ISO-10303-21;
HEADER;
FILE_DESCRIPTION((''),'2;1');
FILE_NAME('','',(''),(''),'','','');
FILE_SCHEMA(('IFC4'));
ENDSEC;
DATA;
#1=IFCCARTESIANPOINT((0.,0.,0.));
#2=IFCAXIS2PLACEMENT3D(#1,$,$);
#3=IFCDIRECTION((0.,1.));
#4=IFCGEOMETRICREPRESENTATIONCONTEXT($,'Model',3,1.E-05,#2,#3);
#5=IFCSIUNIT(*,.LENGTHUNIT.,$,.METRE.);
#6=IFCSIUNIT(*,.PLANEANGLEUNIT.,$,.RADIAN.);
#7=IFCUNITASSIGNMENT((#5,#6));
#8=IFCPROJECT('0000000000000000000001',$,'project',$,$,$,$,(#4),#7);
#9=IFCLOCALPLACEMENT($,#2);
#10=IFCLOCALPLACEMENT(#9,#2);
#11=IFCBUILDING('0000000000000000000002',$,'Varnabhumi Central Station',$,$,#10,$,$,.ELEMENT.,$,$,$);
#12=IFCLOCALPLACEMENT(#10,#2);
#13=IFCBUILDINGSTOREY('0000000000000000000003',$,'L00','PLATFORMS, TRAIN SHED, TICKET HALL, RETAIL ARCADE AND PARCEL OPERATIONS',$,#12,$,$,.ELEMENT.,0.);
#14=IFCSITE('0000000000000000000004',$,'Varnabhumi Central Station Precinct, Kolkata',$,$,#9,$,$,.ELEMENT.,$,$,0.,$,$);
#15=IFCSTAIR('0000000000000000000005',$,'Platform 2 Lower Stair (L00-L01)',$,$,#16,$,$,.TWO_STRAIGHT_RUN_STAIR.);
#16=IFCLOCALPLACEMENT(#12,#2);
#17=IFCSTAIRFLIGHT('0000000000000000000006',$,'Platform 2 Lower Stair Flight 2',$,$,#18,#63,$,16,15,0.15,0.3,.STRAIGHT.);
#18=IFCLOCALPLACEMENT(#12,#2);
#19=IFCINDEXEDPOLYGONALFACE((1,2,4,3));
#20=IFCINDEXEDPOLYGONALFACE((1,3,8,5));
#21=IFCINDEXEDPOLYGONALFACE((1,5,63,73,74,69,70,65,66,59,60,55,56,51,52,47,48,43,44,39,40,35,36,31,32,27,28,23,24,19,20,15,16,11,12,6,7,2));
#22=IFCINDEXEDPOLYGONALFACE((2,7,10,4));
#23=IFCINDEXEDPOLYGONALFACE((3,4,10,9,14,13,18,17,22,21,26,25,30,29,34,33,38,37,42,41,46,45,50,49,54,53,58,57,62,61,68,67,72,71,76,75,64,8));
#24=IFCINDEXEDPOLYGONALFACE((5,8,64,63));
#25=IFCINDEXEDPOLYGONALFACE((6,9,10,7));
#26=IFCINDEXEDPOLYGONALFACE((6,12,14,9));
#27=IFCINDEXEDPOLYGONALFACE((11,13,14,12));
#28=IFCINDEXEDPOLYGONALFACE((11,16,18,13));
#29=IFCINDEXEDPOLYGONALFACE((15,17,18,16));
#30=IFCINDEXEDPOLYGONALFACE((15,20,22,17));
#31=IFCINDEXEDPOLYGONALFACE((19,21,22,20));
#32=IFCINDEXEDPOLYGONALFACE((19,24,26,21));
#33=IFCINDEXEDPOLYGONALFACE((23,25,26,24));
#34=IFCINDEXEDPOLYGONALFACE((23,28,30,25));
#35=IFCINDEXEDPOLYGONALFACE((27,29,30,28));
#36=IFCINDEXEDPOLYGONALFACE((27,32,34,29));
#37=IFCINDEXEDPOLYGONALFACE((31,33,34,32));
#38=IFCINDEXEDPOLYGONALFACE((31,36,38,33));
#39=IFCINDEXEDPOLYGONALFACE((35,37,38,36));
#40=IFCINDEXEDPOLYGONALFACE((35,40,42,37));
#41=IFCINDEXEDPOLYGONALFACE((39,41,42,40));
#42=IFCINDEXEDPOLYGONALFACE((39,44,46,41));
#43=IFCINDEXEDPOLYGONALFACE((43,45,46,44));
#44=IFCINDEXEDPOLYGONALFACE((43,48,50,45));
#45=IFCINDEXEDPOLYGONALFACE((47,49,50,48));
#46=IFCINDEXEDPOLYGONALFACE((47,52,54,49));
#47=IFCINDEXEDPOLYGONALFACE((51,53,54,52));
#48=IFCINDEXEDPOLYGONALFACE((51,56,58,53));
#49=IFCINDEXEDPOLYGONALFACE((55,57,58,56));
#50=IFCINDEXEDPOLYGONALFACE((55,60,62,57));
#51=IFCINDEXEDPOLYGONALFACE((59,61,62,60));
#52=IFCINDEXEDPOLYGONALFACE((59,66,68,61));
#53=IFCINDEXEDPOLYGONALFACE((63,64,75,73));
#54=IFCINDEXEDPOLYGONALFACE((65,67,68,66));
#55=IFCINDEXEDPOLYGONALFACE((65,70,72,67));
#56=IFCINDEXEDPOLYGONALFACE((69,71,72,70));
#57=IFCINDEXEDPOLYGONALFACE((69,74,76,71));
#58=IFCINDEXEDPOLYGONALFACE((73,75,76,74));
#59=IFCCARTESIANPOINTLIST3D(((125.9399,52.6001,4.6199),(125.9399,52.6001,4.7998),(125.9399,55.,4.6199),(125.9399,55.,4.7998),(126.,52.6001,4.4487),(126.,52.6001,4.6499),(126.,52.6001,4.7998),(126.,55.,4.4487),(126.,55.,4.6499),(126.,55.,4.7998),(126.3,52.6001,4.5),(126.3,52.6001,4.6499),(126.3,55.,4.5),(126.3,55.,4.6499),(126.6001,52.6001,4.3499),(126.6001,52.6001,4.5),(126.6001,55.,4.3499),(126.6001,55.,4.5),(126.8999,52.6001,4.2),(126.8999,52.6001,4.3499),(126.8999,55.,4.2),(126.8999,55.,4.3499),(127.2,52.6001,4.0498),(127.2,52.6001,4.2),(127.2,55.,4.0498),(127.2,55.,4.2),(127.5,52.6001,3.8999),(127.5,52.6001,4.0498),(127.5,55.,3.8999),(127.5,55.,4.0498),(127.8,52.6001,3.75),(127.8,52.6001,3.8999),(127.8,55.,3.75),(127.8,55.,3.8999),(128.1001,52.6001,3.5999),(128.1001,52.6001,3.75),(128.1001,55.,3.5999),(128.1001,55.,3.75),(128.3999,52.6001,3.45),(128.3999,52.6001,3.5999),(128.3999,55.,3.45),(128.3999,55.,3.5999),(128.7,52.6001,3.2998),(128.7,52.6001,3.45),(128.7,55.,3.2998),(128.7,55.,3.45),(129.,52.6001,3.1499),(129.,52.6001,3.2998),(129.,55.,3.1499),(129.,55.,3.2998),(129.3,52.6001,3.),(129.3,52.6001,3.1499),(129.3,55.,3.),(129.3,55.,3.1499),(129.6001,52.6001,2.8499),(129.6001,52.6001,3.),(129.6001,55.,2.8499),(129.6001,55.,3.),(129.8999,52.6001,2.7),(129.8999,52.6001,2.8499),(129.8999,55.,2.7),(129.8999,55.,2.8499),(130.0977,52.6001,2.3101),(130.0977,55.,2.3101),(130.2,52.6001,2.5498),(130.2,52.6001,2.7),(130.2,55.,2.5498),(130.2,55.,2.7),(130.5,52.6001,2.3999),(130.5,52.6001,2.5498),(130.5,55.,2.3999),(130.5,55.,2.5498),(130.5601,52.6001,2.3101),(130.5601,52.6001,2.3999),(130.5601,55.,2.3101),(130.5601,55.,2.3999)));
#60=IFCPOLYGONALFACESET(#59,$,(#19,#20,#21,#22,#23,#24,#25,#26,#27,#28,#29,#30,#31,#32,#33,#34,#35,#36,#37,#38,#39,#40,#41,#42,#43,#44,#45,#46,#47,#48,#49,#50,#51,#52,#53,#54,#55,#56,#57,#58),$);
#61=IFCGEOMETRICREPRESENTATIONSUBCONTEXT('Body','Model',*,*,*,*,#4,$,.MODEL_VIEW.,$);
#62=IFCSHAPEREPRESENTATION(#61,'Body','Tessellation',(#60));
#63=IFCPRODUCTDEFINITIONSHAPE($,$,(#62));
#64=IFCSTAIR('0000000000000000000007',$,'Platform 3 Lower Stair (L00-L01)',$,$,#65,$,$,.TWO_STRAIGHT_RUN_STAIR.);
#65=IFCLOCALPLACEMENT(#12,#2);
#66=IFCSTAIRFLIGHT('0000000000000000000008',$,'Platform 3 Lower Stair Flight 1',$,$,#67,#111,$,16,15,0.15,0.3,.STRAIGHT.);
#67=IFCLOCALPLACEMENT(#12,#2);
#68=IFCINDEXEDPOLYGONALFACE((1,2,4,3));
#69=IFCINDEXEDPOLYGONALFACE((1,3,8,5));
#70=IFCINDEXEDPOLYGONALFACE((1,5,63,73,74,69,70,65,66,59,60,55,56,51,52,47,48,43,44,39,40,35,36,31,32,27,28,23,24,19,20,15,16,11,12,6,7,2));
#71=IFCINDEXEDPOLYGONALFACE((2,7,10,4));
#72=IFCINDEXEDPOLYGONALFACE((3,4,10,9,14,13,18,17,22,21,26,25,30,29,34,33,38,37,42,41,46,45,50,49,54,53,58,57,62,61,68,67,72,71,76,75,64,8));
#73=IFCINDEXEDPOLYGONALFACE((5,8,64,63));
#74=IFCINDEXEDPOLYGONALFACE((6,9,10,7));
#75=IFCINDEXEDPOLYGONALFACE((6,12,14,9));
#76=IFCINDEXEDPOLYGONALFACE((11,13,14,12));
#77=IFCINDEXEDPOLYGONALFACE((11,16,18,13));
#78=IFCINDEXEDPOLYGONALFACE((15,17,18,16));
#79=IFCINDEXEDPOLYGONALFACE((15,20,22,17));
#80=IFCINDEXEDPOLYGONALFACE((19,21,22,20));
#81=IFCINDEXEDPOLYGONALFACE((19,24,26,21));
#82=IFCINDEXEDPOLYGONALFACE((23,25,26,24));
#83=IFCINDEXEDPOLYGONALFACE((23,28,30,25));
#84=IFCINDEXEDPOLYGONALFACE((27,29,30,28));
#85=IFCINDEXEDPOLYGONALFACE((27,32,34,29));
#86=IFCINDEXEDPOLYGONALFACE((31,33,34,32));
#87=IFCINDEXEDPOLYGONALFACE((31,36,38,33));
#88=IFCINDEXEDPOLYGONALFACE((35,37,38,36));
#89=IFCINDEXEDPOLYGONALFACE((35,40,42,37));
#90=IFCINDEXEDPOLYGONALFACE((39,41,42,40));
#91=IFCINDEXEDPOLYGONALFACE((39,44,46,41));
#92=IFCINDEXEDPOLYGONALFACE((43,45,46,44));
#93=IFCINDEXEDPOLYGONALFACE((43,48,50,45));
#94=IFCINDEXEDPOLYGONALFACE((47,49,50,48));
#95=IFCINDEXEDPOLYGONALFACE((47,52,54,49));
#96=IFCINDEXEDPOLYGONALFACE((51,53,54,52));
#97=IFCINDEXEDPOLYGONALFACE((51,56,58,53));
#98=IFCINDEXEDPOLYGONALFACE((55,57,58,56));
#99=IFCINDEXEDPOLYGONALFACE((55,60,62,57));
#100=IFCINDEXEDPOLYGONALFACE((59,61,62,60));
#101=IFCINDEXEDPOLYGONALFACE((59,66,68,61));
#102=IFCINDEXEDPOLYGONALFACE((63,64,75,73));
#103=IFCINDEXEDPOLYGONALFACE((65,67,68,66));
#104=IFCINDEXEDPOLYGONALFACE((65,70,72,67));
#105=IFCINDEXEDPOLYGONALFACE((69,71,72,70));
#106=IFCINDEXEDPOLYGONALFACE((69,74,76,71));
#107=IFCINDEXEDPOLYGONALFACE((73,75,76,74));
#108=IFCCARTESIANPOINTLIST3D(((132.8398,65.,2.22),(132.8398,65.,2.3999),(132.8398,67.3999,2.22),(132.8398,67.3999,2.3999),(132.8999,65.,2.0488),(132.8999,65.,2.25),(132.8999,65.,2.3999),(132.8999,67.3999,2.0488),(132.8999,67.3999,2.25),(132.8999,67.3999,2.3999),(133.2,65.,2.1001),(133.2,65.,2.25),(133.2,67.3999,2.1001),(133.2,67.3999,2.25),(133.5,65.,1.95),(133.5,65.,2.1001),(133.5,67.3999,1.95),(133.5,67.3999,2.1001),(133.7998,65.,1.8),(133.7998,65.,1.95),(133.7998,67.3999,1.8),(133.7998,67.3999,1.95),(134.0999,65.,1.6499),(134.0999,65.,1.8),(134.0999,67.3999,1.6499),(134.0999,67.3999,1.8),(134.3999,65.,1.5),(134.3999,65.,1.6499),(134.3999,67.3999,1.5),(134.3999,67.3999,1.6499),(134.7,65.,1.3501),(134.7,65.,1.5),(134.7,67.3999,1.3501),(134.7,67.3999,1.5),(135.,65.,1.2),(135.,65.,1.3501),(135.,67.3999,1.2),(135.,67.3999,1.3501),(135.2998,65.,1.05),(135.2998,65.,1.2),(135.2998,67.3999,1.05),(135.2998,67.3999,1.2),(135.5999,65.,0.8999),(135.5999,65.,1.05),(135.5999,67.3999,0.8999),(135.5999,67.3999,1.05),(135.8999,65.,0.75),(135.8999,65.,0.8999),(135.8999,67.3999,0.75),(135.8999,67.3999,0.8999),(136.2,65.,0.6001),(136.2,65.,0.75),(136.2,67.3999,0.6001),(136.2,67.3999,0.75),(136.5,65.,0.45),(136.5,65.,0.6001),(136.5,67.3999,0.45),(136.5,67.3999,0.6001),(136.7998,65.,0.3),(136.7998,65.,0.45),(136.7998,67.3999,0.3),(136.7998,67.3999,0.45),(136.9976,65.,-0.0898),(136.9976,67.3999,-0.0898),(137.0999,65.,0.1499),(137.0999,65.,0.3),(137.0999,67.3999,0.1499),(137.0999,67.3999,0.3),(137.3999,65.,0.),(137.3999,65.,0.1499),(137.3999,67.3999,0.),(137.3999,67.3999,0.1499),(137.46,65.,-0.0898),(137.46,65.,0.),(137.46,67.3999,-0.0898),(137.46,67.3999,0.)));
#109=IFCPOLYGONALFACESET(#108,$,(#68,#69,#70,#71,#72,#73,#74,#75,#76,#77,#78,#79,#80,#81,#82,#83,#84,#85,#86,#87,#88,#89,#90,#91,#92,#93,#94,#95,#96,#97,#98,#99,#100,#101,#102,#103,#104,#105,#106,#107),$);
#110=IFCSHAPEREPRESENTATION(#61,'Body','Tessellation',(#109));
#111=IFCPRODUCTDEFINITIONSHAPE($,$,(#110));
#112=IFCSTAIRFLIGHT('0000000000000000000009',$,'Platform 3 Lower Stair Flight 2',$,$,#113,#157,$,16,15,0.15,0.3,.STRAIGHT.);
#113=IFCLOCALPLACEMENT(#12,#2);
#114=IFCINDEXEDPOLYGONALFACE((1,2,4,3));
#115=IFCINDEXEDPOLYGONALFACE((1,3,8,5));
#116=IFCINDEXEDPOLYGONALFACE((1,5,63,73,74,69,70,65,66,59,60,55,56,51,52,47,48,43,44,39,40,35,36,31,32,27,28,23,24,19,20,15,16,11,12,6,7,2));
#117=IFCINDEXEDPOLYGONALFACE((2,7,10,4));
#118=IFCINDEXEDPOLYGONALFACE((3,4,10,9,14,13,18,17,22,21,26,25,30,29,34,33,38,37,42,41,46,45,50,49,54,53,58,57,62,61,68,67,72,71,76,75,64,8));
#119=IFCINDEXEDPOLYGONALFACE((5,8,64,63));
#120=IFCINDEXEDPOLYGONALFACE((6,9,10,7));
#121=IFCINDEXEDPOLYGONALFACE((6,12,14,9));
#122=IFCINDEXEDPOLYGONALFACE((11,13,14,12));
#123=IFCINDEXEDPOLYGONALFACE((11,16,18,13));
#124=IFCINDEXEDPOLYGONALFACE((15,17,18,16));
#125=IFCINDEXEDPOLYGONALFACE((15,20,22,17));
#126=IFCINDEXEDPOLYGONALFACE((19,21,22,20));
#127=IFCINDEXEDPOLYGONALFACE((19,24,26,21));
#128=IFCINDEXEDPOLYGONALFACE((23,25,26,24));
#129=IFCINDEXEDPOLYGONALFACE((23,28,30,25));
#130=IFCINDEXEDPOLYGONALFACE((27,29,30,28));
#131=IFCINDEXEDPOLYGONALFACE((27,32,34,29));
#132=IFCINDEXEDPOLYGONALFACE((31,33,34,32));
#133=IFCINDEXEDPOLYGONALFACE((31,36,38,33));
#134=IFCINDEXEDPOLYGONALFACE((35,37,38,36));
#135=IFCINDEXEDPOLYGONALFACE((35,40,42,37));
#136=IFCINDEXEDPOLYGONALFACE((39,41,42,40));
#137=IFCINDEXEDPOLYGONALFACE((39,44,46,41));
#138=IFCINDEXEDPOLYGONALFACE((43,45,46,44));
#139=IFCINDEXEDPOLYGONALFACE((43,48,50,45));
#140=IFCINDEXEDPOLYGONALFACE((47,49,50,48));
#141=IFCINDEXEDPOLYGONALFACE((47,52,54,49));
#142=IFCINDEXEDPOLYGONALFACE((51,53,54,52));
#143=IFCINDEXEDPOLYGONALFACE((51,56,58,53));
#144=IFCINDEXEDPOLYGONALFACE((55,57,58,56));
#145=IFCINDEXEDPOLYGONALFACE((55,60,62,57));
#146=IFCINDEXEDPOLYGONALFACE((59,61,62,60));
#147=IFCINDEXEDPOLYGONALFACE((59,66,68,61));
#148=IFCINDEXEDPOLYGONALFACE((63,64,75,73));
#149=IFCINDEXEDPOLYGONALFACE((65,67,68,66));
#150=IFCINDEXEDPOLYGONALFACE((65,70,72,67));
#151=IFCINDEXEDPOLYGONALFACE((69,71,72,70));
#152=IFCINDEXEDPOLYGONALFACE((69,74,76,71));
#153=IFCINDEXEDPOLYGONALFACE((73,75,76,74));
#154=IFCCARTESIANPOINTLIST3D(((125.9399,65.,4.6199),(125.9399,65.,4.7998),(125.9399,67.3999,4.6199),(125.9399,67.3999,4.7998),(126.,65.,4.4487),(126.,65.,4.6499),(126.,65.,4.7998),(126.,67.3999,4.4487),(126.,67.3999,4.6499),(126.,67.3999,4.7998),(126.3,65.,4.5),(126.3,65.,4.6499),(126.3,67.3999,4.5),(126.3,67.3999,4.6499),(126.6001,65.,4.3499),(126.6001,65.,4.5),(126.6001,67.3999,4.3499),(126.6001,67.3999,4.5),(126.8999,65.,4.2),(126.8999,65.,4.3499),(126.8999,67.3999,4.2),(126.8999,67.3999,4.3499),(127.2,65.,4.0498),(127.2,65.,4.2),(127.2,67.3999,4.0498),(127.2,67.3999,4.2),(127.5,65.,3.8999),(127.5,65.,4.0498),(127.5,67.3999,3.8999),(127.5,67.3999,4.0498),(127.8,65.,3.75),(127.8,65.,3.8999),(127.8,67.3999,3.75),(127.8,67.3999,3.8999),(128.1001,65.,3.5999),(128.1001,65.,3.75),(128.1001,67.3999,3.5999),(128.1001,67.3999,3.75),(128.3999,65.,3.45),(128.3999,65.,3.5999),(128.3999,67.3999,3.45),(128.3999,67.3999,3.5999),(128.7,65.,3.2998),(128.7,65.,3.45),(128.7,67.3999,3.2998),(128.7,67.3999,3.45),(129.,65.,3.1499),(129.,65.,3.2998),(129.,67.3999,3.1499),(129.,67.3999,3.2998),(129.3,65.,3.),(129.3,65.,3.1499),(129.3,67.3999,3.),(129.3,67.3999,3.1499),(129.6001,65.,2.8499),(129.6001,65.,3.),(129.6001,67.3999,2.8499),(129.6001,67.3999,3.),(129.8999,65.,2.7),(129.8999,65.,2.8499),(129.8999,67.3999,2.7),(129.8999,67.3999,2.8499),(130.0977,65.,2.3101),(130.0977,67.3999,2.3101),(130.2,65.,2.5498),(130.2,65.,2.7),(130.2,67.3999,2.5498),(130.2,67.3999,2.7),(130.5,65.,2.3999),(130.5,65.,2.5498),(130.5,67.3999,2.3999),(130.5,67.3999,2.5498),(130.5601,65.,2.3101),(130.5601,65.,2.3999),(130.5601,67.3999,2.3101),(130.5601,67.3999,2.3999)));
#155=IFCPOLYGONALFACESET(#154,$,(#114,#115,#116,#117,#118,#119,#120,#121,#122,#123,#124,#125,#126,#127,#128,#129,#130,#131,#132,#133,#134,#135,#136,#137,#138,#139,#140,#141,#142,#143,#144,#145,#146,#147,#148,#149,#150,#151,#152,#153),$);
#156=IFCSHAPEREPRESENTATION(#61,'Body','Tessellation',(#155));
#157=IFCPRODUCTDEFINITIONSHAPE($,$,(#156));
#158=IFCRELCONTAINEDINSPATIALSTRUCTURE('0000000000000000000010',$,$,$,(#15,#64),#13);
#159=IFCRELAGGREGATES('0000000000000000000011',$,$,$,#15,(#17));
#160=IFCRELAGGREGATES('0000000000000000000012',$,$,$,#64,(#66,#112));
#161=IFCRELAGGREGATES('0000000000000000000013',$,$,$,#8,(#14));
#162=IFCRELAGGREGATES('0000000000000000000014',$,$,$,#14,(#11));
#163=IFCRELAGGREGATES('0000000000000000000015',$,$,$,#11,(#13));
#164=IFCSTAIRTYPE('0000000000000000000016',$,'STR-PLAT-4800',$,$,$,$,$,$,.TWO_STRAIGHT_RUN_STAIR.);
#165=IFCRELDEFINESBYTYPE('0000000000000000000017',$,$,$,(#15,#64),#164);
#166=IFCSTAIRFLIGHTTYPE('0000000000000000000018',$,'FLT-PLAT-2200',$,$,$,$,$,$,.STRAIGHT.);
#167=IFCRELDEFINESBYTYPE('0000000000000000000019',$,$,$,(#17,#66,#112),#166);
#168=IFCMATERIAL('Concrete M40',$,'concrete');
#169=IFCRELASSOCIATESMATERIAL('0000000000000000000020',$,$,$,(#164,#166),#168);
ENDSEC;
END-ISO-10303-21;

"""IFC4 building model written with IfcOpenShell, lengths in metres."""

from ifc_helpers import new_model, si_unit, direction, frame, origin, place, context, subcontext, project, spatial, polyline, outline, extrude, material, type_object, element, aggregate, save


model = new_model("IFC4")

# Units and contexts
model_context = context("Model", 3, precision=1e-05, world=origin(), true_north=direction((0.0, 1.0)))
body_context = subcontext(model_context, "Body", "Model", "MODEL_VIEW")
ifc_project = project(units=[si_unit("LENGTHUNIT", "METRE"), si_unit("PLANEANGLEUNIT", "RADIAN")], contexts=[model_context])

# Site, building, storey
site_placement = place(None, origin())
site = spatial("IfcSite", under=ifc_project, at=site_placement, Name="Varnabhumi Central Station Precinct, Kolkata", CompositionType="ELEMENT", RefElevation=0.0)
building_placement = place(site_placement, origin())
building = spatial("IfcBuilding", under=site, at=building_placement, Name="Varnabhumi Central Station", CompositionType="ELEMENT")
storey_placement = place(building_placement, origin())
storey = spatial("IfcBuildingStorey", under=building, at=storey_placement, Name="L00", Description="PLATFORMS, TRAIN SHED, TICKET HALL, RETAIL ARCADE AND PARCEL OPERATIONS", CompositionType="ELEMENT", Elevation=0.0)

# Shared definitions
ifc_material_1 = material(Name="Concrete M40", Category="concrete")

# Stairs, stair flights
stair_type = type_object("IfcStairType", Name="STR-PLAT-4800", PredefinedType="TWO_STRAIGHT_RUN_STAIR", material=ifc_material_1)
stair_1_placement = place(storey_placement, origin())
stair_1 = element("IfcStair", 1, at=stair_1_placement, inside=storey, type_object=stair_type, Name="Platform 2 Lower Stair (L00-L01)", PredefinedType="TWO_STRAIGHT_RUN_STAIR")
stair_flight_type = type_object("IfcStairFlightType", Name="FLT-PLAT-2200", PredefinedType="STRAIGHT", material=ifc_material_1)
stair_flight_1_placement = place(storey_placement, frame((130.5, 53.8, 2.3999), z_axis=(0.0, 0.0, 1.0), x_axis=(-1.0, 0.0, 0.0)))
stair_flight_1 = element("IfcStairFlight", 2, at=stair_flight_1_placement, type_object=stair_flight_type, Name="Platform 2 Lower Stair Flight 2", NumberOfRisers=16, NumberOfTreads=15, PredefinedType="STRAIGHT", RiserHeight=0.15, TreadLength=0.3, context=body_context, shape_type="SweptSolid", body=[
    extrude(outline(polyline([(-0.0601, -0.0898), (-0.0601, 0.0), (0.0, 0.0), (0.0, 0.1499), (0.3, 0.1499), (0.3, 0.3), (0.6001, 0.3), (0.6001, 0.45), (0.8999, 0.45), (0.8999, 0.6001), (1.2, 0.6001), (1.2, 0.75), (1.5, 0.75), (1.5, 0.8999), (1.8, 0.8999), (1.8, 1.05), (2.1001, 1.05), (2.1001, 1.2), (2.3999, 1.2), (2.3999, 1.3501), (2.7, 1.3501), (2.7, 1.5), (3.0, 1.5), (3.0, 1.6499), (3.3, 1.6499), (3.3, 1.8), (3.6001, 1.8), (3.6001, 1.95), (3.8999, 1.95), (3.8999, 2.1001), (4.2, 2.1001), (4.2, 2.25), (4.5, 2.25), (4.5, 2.3999), (4.5601, 2.3999), (4.5601, 2.22), (4.5, 2.0488), (0.4023, -0.0898), (-0.0601, -0.0898)])), frame((0.0, 1.2, 0.0), z_axis=(0.0, -1.0, 0.0), x_axis=(1.0, 0.0, 0.0)), (0.0, 0.0, 1.0), 2.3999),
])
aggregate(stair_1, [stair_flight_1])
stair_2_placement = place(storey_placement, origin())
stair_2 = element("IfcStair", 3, at=stair_2_placement, inside=storey, type_object=stair_type, Name="Platform 3 Lower Stair (L00-L01)", PredefinedType="TWO_STRAIGHT_RUN_STAIR")
stair_flight_2_placement = place(storey_placement, frame((137.3999, 66.2, 0.0), z_axis=(0.0, 0.0, 1.0), x_axis=(-1.0, 0.0, 0.0)))
stair_flight_2 = element("IfcStairFlight", 4, at=stair_flight_2_placement, type_object=stair_flight_type, Name="Platform 3 Lower Stair Flight 1", NumberOfRisers=16, NumberOfTreads=15, PredefinedType="STRAIGHT", RiserHeight=0.15, TreadLength=0.3, context=body_context, shape_type="SweptSolid", body=[
    extrude(outline(polyline([(-0.0601, -0.0898), (-0.0601, 0.0), (0.0, 0.0), (0.0, 0.1499), (0.3, 0.1499), (0.3, 0.3), (0.6001, 0.3), (0.6001, 0.45), (0.8999, 0.45), (0.8999, 0.6001), (1.2, 0.6001), (1.2, 0.75), (1.5, 0.75), (1.5, 0.8999), (1.8, 0.8999), (1.8, 1.05), (2.1001, 1.05), (2.1001, 1.2), (2.3999, 1.2), (2.3999, 1.3501), (2.7, 1.3501), (2.7, 1.5), (3.0, 1.5), (3.0, 1.6499), (3.3, 1.6499), (3.3, 1.8), (3.6001, 1.8), (3.6001, 1.95), (3.8999, 1.95), (3.8999, 2.1001), (4.2, 2.1001), (4.2, 2.25), (4.5, 2.25), (4.5, 2.3999), (4.5601, 2.3999), (4.5601, 2.22), (4.5, 2.0488), (0.4023, -0.0898), (-0.0601, -0.0898)])), frame((0.0, 1.2, 0.0), z_axis=(0.0, -1.0, 0.0), x_axis=(1.0, 0.0, 0.0)), (0.0, 0.0, 1.0), 2.3999),
])
stair_flight_3_placement = place(storey_placement, frame((130.5, 66.2, 2.3999), z_axis=(0.0, 0.0, 1.0), x_axis=(-1.0, 0.0, 0.0)))
stair_flight_3 = element("IfcStairFlight", 5, at=stair_flight_3_placement, type_object=stair_flight_type, Name="Platform 3 Lower Stair Flight 2", NumberOfRisers=16, NumberOfTreads=15, PredefinedType="STRAIGHT", RiserHeight=0.15, TreadLength=0.3, context=body_context, shape_type="SweptSolid", body=[
    extrude(outline(polyline([(-0.0601, -0.0898), (-0.0601, 0.0), (0.0, 0.0), (0.0, 0.1499), (0.3, 0.1499), (0.3, 0.3), (0.6001, 0.3), (0.6001, 0.45), (0.8999, 0.45), (0.8999, 0.6001), (1.2, 0.6001), (1.2, 0.75), (1.5, 0.75), (1.5, 0.8999), (1.8, 0.8999), (1.8, 1.05), (2.1001, 1.05), (2.1001, 1.2), (2.3999, 1.2), (2.3999, 1.3501), (2.7, 1.3501), (2.7, 1.5), (3.0, 1.5), (3.0, 1.6499), (3.3, 1.6499), (3.3, 1.8), (3.6001, 1.8), (3.6001, 1.95), (3.8999, 1.95), (3.8999, 2.1001), (4.2, 2.1001), (4.2, 2.25), (4.5, 2.25), (4.5, 2.3999), (4.5601, 2.3999), (4.5601, 2.22), (4.5, 2.0488), (0.4023, -0.0898), (-0.0601, -0.0898)])), frame((0.0, 1.2, 0.0), z_axis=(0.0, -1.0, 0.0), x_axis=(1.0, 0.0, 0.0)), (0.0, 0.0, 1.0), 2.3999),
])
aggregate(stair_2, [stair_flight_2, stair_flight_3])

save(model, "model.ifc")
